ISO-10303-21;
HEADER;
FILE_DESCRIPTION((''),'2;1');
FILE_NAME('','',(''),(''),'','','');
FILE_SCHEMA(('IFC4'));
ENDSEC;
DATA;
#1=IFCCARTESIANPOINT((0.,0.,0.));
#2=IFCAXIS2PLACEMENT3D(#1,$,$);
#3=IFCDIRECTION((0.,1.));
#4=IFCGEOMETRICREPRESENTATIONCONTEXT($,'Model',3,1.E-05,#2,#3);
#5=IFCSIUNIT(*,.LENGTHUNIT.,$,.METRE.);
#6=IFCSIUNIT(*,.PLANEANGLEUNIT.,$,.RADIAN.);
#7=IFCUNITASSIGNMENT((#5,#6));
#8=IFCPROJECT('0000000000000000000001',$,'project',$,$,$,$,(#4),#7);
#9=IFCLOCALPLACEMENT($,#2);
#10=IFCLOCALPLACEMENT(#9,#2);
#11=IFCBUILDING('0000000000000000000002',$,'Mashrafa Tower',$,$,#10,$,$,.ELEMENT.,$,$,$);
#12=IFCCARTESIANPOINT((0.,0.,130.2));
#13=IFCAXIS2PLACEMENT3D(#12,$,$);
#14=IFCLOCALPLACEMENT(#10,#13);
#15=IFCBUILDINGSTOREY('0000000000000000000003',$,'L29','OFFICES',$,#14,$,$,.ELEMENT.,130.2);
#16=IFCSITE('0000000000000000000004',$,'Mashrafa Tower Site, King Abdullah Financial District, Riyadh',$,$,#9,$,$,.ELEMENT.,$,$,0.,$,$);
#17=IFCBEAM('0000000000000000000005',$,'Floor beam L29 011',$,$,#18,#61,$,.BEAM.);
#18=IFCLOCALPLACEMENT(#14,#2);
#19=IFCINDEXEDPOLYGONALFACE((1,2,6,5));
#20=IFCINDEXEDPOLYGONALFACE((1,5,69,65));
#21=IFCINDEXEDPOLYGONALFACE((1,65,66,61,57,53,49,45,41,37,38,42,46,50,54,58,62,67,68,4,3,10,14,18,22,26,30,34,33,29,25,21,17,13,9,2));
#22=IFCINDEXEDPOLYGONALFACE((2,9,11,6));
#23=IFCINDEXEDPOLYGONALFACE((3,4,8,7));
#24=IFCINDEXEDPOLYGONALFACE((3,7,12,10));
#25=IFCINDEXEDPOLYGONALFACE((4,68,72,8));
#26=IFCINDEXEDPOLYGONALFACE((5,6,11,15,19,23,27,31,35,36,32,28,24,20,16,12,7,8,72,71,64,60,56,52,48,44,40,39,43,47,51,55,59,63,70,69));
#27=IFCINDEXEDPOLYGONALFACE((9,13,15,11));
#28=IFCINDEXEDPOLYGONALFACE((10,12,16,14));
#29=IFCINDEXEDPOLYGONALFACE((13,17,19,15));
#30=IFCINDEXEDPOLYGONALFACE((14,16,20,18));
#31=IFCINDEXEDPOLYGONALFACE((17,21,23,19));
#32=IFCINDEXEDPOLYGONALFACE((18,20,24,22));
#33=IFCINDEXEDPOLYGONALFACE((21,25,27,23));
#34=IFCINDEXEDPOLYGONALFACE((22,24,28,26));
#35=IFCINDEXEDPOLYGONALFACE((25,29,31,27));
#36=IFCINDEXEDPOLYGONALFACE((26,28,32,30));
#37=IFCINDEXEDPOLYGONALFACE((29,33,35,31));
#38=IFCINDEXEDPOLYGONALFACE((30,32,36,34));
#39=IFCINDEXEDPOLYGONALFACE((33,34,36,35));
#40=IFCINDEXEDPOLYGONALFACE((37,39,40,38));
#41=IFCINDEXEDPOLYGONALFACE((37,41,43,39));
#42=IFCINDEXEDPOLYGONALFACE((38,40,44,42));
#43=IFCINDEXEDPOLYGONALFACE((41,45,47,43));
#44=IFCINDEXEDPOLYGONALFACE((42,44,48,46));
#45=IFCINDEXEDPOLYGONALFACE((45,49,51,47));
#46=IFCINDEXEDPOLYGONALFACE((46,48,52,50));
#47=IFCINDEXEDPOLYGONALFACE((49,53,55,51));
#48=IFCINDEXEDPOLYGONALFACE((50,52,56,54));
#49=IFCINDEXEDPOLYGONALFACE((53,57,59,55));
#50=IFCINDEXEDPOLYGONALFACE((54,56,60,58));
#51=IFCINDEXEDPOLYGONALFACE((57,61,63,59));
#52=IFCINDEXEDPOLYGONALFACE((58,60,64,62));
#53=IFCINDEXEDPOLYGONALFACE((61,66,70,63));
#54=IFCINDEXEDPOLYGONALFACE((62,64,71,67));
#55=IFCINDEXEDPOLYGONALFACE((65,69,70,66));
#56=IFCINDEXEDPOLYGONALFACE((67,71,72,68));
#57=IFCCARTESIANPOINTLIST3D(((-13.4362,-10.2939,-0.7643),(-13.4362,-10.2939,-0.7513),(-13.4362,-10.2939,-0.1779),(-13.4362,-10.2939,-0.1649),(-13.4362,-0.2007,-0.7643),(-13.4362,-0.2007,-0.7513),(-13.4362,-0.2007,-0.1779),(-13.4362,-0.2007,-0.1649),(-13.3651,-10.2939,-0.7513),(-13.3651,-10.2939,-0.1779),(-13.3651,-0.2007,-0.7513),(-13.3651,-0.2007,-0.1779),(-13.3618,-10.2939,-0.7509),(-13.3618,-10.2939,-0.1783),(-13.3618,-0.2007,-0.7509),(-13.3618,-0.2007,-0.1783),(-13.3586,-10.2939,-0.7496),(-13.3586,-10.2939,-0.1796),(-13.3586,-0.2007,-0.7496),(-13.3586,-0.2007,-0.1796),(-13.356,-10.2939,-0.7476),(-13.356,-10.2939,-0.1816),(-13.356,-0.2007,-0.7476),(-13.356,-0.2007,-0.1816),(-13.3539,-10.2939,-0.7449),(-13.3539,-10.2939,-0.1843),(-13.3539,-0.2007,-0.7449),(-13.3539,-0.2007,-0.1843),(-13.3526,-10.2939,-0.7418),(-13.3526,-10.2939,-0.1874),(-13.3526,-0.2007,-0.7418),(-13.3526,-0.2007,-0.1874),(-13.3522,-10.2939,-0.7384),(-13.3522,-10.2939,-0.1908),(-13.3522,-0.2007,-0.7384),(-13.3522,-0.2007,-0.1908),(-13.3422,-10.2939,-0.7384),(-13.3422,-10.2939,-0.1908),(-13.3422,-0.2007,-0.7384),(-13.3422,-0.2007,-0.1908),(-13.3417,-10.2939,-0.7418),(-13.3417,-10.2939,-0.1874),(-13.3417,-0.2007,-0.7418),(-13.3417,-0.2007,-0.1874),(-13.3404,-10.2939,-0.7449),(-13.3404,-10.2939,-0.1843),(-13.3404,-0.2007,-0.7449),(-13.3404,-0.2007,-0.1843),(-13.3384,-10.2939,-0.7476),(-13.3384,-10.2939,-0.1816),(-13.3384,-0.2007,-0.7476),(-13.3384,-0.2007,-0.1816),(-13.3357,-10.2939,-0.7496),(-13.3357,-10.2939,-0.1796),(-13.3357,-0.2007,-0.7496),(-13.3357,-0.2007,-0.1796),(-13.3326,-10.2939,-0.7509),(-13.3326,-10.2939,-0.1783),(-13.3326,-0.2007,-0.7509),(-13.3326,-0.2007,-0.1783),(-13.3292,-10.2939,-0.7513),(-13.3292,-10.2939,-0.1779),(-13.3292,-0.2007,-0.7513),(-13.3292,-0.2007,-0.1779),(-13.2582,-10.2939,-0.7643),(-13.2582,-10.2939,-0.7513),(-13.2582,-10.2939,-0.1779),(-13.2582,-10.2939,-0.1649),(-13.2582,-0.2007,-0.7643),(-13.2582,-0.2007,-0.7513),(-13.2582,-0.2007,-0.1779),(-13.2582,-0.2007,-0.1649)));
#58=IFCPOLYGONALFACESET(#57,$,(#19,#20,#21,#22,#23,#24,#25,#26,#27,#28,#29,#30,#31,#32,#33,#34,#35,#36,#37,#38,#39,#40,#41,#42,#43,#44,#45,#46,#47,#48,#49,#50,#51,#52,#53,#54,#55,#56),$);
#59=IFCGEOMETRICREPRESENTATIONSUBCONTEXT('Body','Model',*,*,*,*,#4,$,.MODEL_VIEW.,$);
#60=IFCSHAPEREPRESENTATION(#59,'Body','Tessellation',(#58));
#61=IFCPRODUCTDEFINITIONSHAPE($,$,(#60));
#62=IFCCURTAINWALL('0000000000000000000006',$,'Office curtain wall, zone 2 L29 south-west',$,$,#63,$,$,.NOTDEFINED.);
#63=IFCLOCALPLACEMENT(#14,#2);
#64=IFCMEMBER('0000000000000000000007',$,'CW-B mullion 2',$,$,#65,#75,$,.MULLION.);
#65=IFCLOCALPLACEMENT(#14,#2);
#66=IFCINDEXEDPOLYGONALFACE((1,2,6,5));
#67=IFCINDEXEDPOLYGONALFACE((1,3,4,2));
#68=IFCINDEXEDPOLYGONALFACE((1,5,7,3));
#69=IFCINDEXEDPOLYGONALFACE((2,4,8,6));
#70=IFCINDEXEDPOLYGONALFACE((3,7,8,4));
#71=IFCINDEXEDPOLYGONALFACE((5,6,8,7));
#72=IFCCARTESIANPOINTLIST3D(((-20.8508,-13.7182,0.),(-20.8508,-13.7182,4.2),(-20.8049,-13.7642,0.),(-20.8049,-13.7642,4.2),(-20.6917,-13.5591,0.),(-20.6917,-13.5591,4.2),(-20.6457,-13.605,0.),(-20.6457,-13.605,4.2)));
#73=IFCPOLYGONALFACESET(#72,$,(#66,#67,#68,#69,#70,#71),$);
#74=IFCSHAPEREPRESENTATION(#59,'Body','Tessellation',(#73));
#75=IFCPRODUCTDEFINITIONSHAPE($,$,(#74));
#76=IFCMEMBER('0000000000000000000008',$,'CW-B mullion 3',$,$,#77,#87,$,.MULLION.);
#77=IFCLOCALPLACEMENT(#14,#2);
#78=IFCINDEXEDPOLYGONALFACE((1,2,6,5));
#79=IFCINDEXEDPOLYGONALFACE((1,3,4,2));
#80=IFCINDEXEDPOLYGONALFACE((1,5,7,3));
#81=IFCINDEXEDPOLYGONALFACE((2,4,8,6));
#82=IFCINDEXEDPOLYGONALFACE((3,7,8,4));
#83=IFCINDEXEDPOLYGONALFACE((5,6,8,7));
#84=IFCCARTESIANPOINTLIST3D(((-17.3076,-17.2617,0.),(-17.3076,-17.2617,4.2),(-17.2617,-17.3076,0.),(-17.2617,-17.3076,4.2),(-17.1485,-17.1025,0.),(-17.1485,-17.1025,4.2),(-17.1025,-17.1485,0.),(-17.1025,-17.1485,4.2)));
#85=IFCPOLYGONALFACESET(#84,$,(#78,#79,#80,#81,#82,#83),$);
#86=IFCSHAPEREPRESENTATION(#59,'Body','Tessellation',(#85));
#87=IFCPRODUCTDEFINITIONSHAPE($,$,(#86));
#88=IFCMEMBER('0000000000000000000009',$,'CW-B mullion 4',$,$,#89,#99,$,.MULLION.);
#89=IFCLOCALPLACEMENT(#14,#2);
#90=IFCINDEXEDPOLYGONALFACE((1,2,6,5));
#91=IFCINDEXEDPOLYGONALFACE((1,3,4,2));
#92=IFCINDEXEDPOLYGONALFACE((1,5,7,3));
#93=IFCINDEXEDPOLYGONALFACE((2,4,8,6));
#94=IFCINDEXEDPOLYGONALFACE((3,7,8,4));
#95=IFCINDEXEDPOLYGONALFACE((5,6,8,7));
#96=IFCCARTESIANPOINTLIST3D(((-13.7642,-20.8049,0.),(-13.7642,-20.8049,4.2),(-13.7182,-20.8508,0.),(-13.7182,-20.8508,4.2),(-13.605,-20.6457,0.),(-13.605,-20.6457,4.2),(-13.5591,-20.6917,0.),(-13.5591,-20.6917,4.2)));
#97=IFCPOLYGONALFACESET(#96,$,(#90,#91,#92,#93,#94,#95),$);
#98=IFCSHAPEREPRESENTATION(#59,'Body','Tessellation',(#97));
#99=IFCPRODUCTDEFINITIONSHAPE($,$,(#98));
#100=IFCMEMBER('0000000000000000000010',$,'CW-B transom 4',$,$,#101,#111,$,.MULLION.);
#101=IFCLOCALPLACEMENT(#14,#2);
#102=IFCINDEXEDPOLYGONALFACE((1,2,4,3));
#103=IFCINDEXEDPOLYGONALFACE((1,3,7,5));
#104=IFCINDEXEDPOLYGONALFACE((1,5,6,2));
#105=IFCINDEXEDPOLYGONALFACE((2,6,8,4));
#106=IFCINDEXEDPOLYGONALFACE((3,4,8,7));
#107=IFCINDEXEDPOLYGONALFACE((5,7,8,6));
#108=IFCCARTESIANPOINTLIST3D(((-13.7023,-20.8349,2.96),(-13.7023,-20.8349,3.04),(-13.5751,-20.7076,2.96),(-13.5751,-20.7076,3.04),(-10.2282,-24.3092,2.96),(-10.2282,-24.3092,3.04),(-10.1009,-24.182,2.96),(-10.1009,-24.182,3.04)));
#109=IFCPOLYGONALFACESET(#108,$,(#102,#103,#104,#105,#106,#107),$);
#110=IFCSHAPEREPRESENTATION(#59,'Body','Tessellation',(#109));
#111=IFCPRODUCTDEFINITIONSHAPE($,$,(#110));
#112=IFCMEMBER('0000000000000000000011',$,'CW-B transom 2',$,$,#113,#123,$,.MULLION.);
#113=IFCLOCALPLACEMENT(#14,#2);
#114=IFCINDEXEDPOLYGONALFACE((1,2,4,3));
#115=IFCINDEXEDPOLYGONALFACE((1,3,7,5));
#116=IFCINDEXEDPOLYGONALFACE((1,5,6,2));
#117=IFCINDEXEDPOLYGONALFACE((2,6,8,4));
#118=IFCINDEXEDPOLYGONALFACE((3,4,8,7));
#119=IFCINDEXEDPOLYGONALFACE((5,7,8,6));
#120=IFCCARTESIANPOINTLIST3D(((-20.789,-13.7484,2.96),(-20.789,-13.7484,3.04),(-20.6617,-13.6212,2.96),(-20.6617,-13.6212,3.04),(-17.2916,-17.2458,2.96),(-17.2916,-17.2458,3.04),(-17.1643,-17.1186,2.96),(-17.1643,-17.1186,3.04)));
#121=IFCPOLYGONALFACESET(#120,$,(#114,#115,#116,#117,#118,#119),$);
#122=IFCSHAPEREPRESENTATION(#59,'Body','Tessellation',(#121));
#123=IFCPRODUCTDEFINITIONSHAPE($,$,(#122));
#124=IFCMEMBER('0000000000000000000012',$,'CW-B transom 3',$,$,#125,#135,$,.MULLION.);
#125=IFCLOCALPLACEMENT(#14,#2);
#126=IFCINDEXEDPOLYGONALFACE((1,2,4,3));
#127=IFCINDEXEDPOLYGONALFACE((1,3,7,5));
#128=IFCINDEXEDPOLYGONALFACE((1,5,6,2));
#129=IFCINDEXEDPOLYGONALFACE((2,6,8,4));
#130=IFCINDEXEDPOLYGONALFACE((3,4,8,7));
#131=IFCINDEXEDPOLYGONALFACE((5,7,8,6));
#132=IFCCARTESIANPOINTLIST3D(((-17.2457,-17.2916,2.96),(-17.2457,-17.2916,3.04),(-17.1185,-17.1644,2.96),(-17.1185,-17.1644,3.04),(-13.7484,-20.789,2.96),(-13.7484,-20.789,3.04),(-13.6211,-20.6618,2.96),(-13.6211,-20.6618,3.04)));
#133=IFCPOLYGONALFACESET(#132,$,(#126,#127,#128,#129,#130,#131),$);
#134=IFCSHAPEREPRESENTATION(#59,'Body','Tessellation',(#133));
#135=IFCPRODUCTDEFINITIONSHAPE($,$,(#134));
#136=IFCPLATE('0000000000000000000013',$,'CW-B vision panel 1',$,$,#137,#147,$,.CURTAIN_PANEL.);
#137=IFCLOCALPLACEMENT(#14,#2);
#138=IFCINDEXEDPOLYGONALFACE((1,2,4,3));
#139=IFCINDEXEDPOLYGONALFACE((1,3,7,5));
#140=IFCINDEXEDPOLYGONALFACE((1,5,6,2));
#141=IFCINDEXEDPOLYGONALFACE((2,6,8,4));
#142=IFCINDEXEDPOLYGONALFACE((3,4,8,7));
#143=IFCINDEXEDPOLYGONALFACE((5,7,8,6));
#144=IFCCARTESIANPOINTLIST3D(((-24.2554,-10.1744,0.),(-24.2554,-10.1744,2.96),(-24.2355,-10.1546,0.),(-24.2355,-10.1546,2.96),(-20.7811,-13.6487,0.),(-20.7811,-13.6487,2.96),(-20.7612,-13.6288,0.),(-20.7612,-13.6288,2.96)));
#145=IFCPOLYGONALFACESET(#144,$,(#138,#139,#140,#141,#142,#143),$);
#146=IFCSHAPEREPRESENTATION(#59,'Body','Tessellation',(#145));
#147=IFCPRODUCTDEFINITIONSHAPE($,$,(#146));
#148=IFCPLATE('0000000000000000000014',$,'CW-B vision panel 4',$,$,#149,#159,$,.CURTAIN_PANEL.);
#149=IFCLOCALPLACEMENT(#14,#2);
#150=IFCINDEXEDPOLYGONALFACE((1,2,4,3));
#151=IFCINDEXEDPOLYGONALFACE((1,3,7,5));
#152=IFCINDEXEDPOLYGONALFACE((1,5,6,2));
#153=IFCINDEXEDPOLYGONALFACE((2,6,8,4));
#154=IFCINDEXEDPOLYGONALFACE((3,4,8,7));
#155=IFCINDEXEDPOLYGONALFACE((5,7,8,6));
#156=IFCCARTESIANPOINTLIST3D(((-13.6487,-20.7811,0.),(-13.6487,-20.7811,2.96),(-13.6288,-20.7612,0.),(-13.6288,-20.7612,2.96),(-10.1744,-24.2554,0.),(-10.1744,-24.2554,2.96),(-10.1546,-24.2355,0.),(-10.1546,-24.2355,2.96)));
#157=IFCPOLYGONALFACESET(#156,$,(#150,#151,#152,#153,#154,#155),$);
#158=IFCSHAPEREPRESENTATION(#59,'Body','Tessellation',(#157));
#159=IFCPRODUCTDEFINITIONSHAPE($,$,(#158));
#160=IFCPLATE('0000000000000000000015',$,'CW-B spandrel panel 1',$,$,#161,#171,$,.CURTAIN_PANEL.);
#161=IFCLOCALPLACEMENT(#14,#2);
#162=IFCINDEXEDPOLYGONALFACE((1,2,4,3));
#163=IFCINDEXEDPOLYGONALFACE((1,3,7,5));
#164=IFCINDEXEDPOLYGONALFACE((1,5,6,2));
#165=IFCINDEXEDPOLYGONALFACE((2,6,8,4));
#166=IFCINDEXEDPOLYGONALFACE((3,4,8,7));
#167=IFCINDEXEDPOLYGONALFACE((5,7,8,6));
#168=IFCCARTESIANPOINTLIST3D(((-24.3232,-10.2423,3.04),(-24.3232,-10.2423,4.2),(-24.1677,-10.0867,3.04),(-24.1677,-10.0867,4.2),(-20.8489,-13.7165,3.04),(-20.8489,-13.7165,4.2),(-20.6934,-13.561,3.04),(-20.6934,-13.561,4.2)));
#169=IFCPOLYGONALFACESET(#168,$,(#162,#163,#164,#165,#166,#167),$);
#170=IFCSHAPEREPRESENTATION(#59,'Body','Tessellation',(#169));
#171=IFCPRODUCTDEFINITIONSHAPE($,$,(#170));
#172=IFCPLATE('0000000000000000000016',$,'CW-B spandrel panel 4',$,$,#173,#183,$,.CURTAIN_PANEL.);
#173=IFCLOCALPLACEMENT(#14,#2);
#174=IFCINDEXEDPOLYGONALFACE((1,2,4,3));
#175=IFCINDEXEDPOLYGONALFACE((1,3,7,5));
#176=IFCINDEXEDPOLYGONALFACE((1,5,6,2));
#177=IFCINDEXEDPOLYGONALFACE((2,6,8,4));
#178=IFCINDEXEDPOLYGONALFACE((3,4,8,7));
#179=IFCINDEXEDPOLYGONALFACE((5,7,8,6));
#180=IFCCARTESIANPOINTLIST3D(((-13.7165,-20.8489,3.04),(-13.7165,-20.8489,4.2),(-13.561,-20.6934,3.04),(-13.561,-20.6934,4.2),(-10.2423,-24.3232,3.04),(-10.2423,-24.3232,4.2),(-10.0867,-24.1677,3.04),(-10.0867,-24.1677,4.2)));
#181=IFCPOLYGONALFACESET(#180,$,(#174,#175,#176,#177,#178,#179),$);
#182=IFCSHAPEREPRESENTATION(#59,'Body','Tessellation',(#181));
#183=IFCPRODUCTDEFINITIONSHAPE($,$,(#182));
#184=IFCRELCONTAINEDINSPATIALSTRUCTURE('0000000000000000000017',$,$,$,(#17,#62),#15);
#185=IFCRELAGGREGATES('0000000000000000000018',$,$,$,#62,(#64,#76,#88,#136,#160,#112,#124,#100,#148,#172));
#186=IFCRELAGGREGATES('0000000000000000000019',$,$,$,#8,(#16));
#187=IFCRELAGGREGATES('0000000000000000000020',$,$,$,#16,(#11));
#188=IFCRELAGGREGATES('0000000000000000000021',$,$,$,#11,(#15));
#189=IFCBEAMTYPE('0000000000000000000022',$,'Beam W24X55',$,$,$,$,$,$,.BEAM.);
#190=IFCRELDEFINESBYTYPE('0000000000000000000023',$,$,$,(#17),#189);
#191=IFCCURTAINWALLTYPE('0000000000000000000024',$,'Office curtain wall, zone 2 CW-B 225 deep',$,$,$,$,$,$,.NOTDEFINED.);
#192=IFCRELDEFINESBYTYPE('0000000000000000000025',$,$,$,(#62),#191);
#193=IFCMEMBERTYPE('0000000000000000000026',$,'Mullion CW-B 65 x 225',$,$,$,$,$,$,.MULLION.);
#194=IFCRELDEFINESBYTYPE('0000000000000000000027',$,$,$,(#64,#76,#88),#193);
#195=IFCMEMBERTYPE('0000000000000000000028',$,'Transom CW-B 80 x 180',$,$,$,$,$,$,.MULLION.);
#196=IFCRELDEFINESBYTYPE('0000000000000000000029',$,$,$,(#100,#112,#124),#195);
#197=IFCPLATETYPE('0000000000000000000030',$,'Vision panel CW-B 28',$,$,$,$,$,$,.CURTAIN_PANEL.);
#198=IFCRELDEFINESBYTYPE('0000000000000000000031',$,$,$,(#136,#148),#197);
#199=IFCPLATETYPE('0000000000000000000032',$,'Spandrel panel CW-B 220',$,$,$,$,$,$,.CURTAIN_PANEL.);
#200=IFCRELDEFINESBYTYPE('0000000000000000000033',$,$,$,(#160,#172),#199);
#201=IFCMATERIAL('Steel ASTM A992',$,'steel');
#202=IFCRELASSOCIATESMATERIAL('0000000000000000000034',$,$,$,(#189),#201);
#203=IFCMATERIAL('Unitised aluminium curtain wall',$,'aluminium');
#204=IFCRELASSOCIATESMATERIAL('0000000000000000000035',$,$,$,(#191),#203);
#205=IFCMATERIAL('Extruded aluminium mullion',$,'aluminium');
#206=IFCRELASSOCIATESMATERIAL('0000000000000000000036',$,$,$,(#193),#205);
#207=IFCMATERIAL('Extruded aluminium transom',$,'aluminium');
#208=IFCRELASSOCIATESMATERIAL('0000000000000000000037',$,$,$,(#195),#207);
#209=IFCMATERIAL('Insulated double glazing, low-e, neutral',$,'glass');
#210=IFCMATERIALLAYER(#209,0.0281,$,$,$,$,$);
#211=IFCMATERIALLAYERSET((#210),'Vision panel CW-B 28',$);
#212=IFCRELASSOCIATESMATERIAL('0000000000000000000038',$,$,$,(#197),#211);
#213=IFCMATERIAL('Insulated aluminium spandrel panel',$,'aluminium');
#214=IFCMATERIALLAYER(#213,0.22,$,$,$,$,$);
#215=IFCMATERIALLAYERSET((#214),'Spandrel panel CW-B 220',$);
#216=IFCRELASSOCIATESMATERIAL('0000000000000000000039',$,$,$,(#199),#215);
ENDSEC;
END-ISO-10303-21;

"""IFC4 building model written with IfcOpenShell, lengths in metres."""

from ifc_helpers import new_model, si_unit, direction, frame, origin, origin_2d, place, context, subcontext, project, spatial, rectangle, i_section, extrude, source, transform, mapped, material, layer, layer_set, material_profile, profile_set, type_object, type_shapes, element, aggregate, save


model = new_model("IFC4")

# Units and contexts
model_context = context("Model", 3, precision=1e-05, world=origin(), true_north=direction((0.0, 1.0)))
body_context = subcontext(model_context, "Body", "Model", "MODEL_VIEW")
ifc_project = project(units=[si_unit("LENGTHUNIT", "METRE"), si_unit("PLANEANGLEUNIT", "RADIAN")], contexts=[model_context])

# Site, building, storey
site_placement = place(None, origin())
site = spatial("IfcSite", under=ifc_project, at=site_placement, Name="Mashrafa Tower Site, King Abdullah Financial District, Riyadh", CompositionType="ELEMENT", RefElevation=0.0)
building_placement = place(site_placement, origin())
building = spatial("IfcBuilding", under=site, at=building_placement, Name="Mashrafa Tower", CompositionType="ELEMENT")
storey_placement = place(building_placement, frame((0.0, 0.0, 130.2)))
storey = spatial("IfcBuildingStorey", under=building, at=storey_placement, Name="L29", Description="OFFICES", CompositionType="ELEMENT", Elevation=130.2)

# Beam
ifc_material_1 = material(Name="Steel ASTM A992", Category="steel")
ifc_material_profile_1 = material_profile(ifc_material_1, i_section(OverallWidth=0.178, OverallDepth=0.5994, WebThickness=0.01, FlangeThickness=0.0129, FilletRadius=0.0129, at=origin_2d()), Name="W24X55")
ifc_profile_set_1 = profile_set([ifc_material_profile_1], Name="Steel ASTM A992")
beam_type_1 = type_object("IfcBeamType", Name="Beam W24X55", PredefinedType="BEAM", material=ifc_profile_set_1)
beam_1_placement = place(storey_placement, frame((-13.3472, -10.2939, -0.4646), z_axis=(0.0, 1.0, 0.0), x_axis=(-1.0, 0.0, 0.0)))
element("IfcBeam", 1, at=beam_1_placement, inside=storey, type_object=beam_type_1, Name="Floor beam L29 011", PredefinedType="BEAM", context=body_context, shape_type="SweptSolid", body=[
    extrude(i_section(OverallWidth=0.178, OverallDepth=0.5994, WebThickness=0.01, FlangeThickness=0.0129, FilletRadius=0.0129, at=origin_2d()), origin(), (0.0, 0.0, 1.0), 10.0933),
])

# Curtain wall, members, plates
ifc_material_2 = material(Name="Unitised aluminium curtain wall", Category="aluminium")
curtain_wall_type = type_object("IfcCurtainWallType", Name="Office curtain wall, zone 2 CW-B 225 deep", PredefinedType="NOTDEFINED", material=ifc_material_2)
curtain_wall_placement = place(storey_placement, origin())
curtain_wall = element("IfcCurtainWall", 2, at=curtain_wall_placement, inside=storey, type_object=curtain_wall_type, Name="Office curtain wall, zone 2 L29 south-west", PredefinedType="NOTDEFINED")
ifc_material_3 = material(Name="Extruded aluminium mullion", Category="aluminium")
ifc_material_profile_2 = material_profile(ifc_material_3, rectangle(XDim=0.2251, YDim=0.0649, at=origin_2d()), Name="Mullion 65x225")
ifc_profile_set_2 = profile_set([ifc_material_profile_2], Name="Extruded aluminium mullion")
member_type_1 = type_object("IfcMemberType", Name="Mullion CW-B 65 x 225", PredefinedType="MULLION", material=ifc_profile_set_2)
shared_shape_1 = source(origin(), body_context, "Body", "SweptSolid", [
    extrude(rectangle(XDim=0.2251, YDim=0.0649, at=origin_2d()), origin(), (0.0, 0.0, 1.0), 4.2),
])
type_shapes(member_type_1, [shared_shape_1])
member_1_placement = place(storey_placement, frame((-20.7483, -13.6616, 0.0), z_axis=(0.0, 0.0, 1.0), x_axis=(0.707107, 0.707107, 0.0)))
member_1 = element("IfcMember", 3, at=member_1_placement, type_object=member_type_1, Name="CW-B mullion 2", PredefinedType="MULLION", context=body_context, shape_type="MappedRepresentation", body=[
    mapped(shared_shape_1, transform((0.0, 0.0, 0.0))),
])
member_2_placement = place(storey_placement, frame((-17.2051, -17.2051, 0.0), z_axis=(0.0, 0.0, 1.0), x_axis=(0.707107, 0.707107, 0.0)))
member_2 = element("IfcMember", 4, at=member_2_placement, type_object=member_type_1, Name="CW-B mullion 3", PredefinedType="MULLION", context=body_context, shape_type="MappedRepresentation", body=[
    mapped(shared_shape_1, transform((0.0, 0.0, 0.0))),
])
member_3_placement = place(storey_placement, frame((-13.6616, -20.7483, 0.0), z_axis=(0.0, 0.0, 1.0), x_axis=(0.707107, 0.707107, 0.0)))
member_3 = element("IfcMember", 5, at=member_3_placement, type_object=member_type_1, Name="CW-B mullion 4", PredefinedType="MULLION", context=body_context, shape_type="MappedRepresentation", body=[
    mapped(shared_shape_1, transform((0.0, 0.0, 0.0))),
])
ifc_material_4 = material(Name="Extruded aluminium transom", Category="aluminium")
ifc_material_profile_3 = material_profile(ifc_material_4, rectangle(XDim=0.1799, YDim=0.0801, at=origin_2d()), Name="Transom 80x180")
ifc_profile_set_3 = profile_set([ifc_material_profile_3], Name="Extruded aluminium transom")
member_type_2 = type_object("IfcMemberType", Name="Transom CW-B 80 x 180", PredefinedType="MULLION", material=ifc_profile_set_3)
shared_shape_2 = source(origin(), body_context, "Body", "SweptSolid", [
    extrude(rectangle(XDim=0.1799, YDim=0.0801, at=origin_2d()), origin(), (0.0, 0.0, 1.0), 4.9133),
])
member_4_placement = place(storey_placement, frame((-13.6387, -20.7712, 3.0), z_axis=(0.707082, -0.707132, 0.0), x_axis=(0.707132, 0.707082, 0.0)))
member_4 = element("IfcMember", 6, at=member_4_placement, type_object=member_type_2, Name="CW-B transom 4", PredefinedType="MULLION", context=body_context, shape_type="MappedRepresentation", body=[
    mapped(shared_shape_2, transform((0.0, 0.0, 0.0))),
])
shared_shape_3 = source(origin(), body_context, "Body", "SweptSolid", [
    extrude(rectangle(XDim=0.1799, YDim=0.0801, at=origin_2d()), origin(), (0.0, 0.0, 1.0), 4.946),
])
type_shapes(member_type_2, [shared_shape_2, shared_shape_3])
member_5_placement = place(storey_placement, frame((-20.7253, -13.6848, 3.0), z_axis=(0.707107, -0.707107, 0.0), x_axis=(0.707107, 0.707107, 0.0)))
member_5 = element("IfcMember", 7, at=member_5_placement, type_object=member_type_2, Name="CW-B transom 2", PredefinedType="MULLION", context=body_context, shape_type="MappedRepresentation", body=[
    mapped(shared_shape_3, transform((0.0, 0.0, 0.0))),
])
member_6_placement = place(storey_placement, frame((-17.1821, -17.228, 3.0), z_axis=(0.707107, -0.707107, 0.0), x_axis=(0.707107, 0.707107, 0.0)))
member_6 = element("IfcMember", 8, at=member_6_placement, type_object=member_type_2, Name="CW-B transom 3", PredefinedType="MULLION", context=body_context, shape_type="MappedRepresentation", body=[
    mapped(shared_shape_3, transform((0.0, 0.0, 0.0))),
])
ifc_material_5 = material(Name="Insulated double glazing, low-e, neutral", Category="glass")
ifc_layer_1 = layer(ifc_material_5, 0.0281)
ifc_layer_set_1 = layer_set([ifc_layer_1], Name="Vision panel CW-B 28")
plate_type_1 = type_object("IfcPlateType", Name="Vision panel CW-B 28", PredefinedType="CURTAIN_PANEL", material=ifc_layer_set_1)
shared_shape_4 = source(origin(), body_context, "Body", "SweptSolid", [
    extrude(rectangle(XDim=4.9133, YDim=0.0281, at=origin_2d()), origin(), (0.0, 0.0, 1.0), 2.96),
])
plate_1_placement = place(storey_placement, frame((-22.5083, -11.9016, 0.0), z_axis=(0.0, 0.0, 1.0), x_axis=(0.707107, -0.707107, 0.0)))
plate_1 = element("IfcPlate", 9, at=plate_1_placement, type_object=plate_type_1, Name="CW-B vision panel 1", PredefinedType="CURTAIN_PANEL", context=body_context, shape_type="MappedRepresentation", body=[
    mapped(shared_shape_4, transform((0.0, 0.0, 0.0))),
])
plate_2_placement = place(storey_placement, frame((-11.9016, -22.5083, 0.0), z_axis=(0.0, 0.0, 1.0), x_axis=(0.707107, -0.707107, 0.0)))
plate_2 = element("IfcPlate", 10, at=plate_2_placement, type_object=plate_type_1, Name="CW-B vision panel 4", PredefinedType="CURTAIN_PANEL", context=body_context, shape_type="MappedRepresentation", body=[
    mapped(shared_shape_4, transform((0.0, 0.0, 0.0))),
])
ifc_material_6 = material(Name="Insulated aluminium spandrel panel", Category="aluminium")
ifc_layer_2 = layer(ifc_material_6, 0.22)
ifc_layer_set_2 = layer_set([ifc_layer_2], Name="Spandrel panel CW-B 220")
plate_type_2 = type_object("IfcPlateType", Name="Spandrel panel CW-B 220", PredefinedType="CURTAIN_PANEL", material=ifc_layer_set_2)
shared_shape_5 = source(origin(), body_context, "Body", "SweptSolid", [
    extrude(rectangle(XDim=4.9133, YDim=0.22, at=origin_2d()), origin(), (0.0, 0.0, 1.0), 1.1599),
])
plate_3_placement = place(storey_placement, frame((-22.5083, -11.9016, 3.04), z_axis=(0.0, 0.0, 1.0), x_axis=(0.707107, -0.707107, 0.0)))
plate_3 = element("IfcPlate", 11, at=plate_3_placement, type_object=plate_type_2, Name="CW-B spandrel panel 1", PredefinedType="CURTAIN_PANEL", context=body_context, shape_type="MappedRepresentation", body=[
    mapped(shared_shape_5, transform((0.0, 0.0, 0.0))),
])
plate_4_placement = place(storey_placement, frame((-11.9016, -22.5083, 3.04), z_axis=(0.0, 0.0, 1.0), x_axis=(0.707107, -0.707107, 0.0)))
plate_4 = element("IfcPlate", 12, at=plate_4_placement, type_object=plate_type_2, Name="CW-B spandrel panel 4", PredefinedType="CURTAIN_PANEL", context=body_context, shape_type="MappedRepresentation", body=[
    mapped(shared_shape_5, transform((0.0, 0.0, 0.0))),
])
aggregate(curtain_wall, [member_1, member_2, member_3, plate_1, plate_3, member_5, member_6, member_4, plate_2, plate_4])

save(model, "model.ifc")
